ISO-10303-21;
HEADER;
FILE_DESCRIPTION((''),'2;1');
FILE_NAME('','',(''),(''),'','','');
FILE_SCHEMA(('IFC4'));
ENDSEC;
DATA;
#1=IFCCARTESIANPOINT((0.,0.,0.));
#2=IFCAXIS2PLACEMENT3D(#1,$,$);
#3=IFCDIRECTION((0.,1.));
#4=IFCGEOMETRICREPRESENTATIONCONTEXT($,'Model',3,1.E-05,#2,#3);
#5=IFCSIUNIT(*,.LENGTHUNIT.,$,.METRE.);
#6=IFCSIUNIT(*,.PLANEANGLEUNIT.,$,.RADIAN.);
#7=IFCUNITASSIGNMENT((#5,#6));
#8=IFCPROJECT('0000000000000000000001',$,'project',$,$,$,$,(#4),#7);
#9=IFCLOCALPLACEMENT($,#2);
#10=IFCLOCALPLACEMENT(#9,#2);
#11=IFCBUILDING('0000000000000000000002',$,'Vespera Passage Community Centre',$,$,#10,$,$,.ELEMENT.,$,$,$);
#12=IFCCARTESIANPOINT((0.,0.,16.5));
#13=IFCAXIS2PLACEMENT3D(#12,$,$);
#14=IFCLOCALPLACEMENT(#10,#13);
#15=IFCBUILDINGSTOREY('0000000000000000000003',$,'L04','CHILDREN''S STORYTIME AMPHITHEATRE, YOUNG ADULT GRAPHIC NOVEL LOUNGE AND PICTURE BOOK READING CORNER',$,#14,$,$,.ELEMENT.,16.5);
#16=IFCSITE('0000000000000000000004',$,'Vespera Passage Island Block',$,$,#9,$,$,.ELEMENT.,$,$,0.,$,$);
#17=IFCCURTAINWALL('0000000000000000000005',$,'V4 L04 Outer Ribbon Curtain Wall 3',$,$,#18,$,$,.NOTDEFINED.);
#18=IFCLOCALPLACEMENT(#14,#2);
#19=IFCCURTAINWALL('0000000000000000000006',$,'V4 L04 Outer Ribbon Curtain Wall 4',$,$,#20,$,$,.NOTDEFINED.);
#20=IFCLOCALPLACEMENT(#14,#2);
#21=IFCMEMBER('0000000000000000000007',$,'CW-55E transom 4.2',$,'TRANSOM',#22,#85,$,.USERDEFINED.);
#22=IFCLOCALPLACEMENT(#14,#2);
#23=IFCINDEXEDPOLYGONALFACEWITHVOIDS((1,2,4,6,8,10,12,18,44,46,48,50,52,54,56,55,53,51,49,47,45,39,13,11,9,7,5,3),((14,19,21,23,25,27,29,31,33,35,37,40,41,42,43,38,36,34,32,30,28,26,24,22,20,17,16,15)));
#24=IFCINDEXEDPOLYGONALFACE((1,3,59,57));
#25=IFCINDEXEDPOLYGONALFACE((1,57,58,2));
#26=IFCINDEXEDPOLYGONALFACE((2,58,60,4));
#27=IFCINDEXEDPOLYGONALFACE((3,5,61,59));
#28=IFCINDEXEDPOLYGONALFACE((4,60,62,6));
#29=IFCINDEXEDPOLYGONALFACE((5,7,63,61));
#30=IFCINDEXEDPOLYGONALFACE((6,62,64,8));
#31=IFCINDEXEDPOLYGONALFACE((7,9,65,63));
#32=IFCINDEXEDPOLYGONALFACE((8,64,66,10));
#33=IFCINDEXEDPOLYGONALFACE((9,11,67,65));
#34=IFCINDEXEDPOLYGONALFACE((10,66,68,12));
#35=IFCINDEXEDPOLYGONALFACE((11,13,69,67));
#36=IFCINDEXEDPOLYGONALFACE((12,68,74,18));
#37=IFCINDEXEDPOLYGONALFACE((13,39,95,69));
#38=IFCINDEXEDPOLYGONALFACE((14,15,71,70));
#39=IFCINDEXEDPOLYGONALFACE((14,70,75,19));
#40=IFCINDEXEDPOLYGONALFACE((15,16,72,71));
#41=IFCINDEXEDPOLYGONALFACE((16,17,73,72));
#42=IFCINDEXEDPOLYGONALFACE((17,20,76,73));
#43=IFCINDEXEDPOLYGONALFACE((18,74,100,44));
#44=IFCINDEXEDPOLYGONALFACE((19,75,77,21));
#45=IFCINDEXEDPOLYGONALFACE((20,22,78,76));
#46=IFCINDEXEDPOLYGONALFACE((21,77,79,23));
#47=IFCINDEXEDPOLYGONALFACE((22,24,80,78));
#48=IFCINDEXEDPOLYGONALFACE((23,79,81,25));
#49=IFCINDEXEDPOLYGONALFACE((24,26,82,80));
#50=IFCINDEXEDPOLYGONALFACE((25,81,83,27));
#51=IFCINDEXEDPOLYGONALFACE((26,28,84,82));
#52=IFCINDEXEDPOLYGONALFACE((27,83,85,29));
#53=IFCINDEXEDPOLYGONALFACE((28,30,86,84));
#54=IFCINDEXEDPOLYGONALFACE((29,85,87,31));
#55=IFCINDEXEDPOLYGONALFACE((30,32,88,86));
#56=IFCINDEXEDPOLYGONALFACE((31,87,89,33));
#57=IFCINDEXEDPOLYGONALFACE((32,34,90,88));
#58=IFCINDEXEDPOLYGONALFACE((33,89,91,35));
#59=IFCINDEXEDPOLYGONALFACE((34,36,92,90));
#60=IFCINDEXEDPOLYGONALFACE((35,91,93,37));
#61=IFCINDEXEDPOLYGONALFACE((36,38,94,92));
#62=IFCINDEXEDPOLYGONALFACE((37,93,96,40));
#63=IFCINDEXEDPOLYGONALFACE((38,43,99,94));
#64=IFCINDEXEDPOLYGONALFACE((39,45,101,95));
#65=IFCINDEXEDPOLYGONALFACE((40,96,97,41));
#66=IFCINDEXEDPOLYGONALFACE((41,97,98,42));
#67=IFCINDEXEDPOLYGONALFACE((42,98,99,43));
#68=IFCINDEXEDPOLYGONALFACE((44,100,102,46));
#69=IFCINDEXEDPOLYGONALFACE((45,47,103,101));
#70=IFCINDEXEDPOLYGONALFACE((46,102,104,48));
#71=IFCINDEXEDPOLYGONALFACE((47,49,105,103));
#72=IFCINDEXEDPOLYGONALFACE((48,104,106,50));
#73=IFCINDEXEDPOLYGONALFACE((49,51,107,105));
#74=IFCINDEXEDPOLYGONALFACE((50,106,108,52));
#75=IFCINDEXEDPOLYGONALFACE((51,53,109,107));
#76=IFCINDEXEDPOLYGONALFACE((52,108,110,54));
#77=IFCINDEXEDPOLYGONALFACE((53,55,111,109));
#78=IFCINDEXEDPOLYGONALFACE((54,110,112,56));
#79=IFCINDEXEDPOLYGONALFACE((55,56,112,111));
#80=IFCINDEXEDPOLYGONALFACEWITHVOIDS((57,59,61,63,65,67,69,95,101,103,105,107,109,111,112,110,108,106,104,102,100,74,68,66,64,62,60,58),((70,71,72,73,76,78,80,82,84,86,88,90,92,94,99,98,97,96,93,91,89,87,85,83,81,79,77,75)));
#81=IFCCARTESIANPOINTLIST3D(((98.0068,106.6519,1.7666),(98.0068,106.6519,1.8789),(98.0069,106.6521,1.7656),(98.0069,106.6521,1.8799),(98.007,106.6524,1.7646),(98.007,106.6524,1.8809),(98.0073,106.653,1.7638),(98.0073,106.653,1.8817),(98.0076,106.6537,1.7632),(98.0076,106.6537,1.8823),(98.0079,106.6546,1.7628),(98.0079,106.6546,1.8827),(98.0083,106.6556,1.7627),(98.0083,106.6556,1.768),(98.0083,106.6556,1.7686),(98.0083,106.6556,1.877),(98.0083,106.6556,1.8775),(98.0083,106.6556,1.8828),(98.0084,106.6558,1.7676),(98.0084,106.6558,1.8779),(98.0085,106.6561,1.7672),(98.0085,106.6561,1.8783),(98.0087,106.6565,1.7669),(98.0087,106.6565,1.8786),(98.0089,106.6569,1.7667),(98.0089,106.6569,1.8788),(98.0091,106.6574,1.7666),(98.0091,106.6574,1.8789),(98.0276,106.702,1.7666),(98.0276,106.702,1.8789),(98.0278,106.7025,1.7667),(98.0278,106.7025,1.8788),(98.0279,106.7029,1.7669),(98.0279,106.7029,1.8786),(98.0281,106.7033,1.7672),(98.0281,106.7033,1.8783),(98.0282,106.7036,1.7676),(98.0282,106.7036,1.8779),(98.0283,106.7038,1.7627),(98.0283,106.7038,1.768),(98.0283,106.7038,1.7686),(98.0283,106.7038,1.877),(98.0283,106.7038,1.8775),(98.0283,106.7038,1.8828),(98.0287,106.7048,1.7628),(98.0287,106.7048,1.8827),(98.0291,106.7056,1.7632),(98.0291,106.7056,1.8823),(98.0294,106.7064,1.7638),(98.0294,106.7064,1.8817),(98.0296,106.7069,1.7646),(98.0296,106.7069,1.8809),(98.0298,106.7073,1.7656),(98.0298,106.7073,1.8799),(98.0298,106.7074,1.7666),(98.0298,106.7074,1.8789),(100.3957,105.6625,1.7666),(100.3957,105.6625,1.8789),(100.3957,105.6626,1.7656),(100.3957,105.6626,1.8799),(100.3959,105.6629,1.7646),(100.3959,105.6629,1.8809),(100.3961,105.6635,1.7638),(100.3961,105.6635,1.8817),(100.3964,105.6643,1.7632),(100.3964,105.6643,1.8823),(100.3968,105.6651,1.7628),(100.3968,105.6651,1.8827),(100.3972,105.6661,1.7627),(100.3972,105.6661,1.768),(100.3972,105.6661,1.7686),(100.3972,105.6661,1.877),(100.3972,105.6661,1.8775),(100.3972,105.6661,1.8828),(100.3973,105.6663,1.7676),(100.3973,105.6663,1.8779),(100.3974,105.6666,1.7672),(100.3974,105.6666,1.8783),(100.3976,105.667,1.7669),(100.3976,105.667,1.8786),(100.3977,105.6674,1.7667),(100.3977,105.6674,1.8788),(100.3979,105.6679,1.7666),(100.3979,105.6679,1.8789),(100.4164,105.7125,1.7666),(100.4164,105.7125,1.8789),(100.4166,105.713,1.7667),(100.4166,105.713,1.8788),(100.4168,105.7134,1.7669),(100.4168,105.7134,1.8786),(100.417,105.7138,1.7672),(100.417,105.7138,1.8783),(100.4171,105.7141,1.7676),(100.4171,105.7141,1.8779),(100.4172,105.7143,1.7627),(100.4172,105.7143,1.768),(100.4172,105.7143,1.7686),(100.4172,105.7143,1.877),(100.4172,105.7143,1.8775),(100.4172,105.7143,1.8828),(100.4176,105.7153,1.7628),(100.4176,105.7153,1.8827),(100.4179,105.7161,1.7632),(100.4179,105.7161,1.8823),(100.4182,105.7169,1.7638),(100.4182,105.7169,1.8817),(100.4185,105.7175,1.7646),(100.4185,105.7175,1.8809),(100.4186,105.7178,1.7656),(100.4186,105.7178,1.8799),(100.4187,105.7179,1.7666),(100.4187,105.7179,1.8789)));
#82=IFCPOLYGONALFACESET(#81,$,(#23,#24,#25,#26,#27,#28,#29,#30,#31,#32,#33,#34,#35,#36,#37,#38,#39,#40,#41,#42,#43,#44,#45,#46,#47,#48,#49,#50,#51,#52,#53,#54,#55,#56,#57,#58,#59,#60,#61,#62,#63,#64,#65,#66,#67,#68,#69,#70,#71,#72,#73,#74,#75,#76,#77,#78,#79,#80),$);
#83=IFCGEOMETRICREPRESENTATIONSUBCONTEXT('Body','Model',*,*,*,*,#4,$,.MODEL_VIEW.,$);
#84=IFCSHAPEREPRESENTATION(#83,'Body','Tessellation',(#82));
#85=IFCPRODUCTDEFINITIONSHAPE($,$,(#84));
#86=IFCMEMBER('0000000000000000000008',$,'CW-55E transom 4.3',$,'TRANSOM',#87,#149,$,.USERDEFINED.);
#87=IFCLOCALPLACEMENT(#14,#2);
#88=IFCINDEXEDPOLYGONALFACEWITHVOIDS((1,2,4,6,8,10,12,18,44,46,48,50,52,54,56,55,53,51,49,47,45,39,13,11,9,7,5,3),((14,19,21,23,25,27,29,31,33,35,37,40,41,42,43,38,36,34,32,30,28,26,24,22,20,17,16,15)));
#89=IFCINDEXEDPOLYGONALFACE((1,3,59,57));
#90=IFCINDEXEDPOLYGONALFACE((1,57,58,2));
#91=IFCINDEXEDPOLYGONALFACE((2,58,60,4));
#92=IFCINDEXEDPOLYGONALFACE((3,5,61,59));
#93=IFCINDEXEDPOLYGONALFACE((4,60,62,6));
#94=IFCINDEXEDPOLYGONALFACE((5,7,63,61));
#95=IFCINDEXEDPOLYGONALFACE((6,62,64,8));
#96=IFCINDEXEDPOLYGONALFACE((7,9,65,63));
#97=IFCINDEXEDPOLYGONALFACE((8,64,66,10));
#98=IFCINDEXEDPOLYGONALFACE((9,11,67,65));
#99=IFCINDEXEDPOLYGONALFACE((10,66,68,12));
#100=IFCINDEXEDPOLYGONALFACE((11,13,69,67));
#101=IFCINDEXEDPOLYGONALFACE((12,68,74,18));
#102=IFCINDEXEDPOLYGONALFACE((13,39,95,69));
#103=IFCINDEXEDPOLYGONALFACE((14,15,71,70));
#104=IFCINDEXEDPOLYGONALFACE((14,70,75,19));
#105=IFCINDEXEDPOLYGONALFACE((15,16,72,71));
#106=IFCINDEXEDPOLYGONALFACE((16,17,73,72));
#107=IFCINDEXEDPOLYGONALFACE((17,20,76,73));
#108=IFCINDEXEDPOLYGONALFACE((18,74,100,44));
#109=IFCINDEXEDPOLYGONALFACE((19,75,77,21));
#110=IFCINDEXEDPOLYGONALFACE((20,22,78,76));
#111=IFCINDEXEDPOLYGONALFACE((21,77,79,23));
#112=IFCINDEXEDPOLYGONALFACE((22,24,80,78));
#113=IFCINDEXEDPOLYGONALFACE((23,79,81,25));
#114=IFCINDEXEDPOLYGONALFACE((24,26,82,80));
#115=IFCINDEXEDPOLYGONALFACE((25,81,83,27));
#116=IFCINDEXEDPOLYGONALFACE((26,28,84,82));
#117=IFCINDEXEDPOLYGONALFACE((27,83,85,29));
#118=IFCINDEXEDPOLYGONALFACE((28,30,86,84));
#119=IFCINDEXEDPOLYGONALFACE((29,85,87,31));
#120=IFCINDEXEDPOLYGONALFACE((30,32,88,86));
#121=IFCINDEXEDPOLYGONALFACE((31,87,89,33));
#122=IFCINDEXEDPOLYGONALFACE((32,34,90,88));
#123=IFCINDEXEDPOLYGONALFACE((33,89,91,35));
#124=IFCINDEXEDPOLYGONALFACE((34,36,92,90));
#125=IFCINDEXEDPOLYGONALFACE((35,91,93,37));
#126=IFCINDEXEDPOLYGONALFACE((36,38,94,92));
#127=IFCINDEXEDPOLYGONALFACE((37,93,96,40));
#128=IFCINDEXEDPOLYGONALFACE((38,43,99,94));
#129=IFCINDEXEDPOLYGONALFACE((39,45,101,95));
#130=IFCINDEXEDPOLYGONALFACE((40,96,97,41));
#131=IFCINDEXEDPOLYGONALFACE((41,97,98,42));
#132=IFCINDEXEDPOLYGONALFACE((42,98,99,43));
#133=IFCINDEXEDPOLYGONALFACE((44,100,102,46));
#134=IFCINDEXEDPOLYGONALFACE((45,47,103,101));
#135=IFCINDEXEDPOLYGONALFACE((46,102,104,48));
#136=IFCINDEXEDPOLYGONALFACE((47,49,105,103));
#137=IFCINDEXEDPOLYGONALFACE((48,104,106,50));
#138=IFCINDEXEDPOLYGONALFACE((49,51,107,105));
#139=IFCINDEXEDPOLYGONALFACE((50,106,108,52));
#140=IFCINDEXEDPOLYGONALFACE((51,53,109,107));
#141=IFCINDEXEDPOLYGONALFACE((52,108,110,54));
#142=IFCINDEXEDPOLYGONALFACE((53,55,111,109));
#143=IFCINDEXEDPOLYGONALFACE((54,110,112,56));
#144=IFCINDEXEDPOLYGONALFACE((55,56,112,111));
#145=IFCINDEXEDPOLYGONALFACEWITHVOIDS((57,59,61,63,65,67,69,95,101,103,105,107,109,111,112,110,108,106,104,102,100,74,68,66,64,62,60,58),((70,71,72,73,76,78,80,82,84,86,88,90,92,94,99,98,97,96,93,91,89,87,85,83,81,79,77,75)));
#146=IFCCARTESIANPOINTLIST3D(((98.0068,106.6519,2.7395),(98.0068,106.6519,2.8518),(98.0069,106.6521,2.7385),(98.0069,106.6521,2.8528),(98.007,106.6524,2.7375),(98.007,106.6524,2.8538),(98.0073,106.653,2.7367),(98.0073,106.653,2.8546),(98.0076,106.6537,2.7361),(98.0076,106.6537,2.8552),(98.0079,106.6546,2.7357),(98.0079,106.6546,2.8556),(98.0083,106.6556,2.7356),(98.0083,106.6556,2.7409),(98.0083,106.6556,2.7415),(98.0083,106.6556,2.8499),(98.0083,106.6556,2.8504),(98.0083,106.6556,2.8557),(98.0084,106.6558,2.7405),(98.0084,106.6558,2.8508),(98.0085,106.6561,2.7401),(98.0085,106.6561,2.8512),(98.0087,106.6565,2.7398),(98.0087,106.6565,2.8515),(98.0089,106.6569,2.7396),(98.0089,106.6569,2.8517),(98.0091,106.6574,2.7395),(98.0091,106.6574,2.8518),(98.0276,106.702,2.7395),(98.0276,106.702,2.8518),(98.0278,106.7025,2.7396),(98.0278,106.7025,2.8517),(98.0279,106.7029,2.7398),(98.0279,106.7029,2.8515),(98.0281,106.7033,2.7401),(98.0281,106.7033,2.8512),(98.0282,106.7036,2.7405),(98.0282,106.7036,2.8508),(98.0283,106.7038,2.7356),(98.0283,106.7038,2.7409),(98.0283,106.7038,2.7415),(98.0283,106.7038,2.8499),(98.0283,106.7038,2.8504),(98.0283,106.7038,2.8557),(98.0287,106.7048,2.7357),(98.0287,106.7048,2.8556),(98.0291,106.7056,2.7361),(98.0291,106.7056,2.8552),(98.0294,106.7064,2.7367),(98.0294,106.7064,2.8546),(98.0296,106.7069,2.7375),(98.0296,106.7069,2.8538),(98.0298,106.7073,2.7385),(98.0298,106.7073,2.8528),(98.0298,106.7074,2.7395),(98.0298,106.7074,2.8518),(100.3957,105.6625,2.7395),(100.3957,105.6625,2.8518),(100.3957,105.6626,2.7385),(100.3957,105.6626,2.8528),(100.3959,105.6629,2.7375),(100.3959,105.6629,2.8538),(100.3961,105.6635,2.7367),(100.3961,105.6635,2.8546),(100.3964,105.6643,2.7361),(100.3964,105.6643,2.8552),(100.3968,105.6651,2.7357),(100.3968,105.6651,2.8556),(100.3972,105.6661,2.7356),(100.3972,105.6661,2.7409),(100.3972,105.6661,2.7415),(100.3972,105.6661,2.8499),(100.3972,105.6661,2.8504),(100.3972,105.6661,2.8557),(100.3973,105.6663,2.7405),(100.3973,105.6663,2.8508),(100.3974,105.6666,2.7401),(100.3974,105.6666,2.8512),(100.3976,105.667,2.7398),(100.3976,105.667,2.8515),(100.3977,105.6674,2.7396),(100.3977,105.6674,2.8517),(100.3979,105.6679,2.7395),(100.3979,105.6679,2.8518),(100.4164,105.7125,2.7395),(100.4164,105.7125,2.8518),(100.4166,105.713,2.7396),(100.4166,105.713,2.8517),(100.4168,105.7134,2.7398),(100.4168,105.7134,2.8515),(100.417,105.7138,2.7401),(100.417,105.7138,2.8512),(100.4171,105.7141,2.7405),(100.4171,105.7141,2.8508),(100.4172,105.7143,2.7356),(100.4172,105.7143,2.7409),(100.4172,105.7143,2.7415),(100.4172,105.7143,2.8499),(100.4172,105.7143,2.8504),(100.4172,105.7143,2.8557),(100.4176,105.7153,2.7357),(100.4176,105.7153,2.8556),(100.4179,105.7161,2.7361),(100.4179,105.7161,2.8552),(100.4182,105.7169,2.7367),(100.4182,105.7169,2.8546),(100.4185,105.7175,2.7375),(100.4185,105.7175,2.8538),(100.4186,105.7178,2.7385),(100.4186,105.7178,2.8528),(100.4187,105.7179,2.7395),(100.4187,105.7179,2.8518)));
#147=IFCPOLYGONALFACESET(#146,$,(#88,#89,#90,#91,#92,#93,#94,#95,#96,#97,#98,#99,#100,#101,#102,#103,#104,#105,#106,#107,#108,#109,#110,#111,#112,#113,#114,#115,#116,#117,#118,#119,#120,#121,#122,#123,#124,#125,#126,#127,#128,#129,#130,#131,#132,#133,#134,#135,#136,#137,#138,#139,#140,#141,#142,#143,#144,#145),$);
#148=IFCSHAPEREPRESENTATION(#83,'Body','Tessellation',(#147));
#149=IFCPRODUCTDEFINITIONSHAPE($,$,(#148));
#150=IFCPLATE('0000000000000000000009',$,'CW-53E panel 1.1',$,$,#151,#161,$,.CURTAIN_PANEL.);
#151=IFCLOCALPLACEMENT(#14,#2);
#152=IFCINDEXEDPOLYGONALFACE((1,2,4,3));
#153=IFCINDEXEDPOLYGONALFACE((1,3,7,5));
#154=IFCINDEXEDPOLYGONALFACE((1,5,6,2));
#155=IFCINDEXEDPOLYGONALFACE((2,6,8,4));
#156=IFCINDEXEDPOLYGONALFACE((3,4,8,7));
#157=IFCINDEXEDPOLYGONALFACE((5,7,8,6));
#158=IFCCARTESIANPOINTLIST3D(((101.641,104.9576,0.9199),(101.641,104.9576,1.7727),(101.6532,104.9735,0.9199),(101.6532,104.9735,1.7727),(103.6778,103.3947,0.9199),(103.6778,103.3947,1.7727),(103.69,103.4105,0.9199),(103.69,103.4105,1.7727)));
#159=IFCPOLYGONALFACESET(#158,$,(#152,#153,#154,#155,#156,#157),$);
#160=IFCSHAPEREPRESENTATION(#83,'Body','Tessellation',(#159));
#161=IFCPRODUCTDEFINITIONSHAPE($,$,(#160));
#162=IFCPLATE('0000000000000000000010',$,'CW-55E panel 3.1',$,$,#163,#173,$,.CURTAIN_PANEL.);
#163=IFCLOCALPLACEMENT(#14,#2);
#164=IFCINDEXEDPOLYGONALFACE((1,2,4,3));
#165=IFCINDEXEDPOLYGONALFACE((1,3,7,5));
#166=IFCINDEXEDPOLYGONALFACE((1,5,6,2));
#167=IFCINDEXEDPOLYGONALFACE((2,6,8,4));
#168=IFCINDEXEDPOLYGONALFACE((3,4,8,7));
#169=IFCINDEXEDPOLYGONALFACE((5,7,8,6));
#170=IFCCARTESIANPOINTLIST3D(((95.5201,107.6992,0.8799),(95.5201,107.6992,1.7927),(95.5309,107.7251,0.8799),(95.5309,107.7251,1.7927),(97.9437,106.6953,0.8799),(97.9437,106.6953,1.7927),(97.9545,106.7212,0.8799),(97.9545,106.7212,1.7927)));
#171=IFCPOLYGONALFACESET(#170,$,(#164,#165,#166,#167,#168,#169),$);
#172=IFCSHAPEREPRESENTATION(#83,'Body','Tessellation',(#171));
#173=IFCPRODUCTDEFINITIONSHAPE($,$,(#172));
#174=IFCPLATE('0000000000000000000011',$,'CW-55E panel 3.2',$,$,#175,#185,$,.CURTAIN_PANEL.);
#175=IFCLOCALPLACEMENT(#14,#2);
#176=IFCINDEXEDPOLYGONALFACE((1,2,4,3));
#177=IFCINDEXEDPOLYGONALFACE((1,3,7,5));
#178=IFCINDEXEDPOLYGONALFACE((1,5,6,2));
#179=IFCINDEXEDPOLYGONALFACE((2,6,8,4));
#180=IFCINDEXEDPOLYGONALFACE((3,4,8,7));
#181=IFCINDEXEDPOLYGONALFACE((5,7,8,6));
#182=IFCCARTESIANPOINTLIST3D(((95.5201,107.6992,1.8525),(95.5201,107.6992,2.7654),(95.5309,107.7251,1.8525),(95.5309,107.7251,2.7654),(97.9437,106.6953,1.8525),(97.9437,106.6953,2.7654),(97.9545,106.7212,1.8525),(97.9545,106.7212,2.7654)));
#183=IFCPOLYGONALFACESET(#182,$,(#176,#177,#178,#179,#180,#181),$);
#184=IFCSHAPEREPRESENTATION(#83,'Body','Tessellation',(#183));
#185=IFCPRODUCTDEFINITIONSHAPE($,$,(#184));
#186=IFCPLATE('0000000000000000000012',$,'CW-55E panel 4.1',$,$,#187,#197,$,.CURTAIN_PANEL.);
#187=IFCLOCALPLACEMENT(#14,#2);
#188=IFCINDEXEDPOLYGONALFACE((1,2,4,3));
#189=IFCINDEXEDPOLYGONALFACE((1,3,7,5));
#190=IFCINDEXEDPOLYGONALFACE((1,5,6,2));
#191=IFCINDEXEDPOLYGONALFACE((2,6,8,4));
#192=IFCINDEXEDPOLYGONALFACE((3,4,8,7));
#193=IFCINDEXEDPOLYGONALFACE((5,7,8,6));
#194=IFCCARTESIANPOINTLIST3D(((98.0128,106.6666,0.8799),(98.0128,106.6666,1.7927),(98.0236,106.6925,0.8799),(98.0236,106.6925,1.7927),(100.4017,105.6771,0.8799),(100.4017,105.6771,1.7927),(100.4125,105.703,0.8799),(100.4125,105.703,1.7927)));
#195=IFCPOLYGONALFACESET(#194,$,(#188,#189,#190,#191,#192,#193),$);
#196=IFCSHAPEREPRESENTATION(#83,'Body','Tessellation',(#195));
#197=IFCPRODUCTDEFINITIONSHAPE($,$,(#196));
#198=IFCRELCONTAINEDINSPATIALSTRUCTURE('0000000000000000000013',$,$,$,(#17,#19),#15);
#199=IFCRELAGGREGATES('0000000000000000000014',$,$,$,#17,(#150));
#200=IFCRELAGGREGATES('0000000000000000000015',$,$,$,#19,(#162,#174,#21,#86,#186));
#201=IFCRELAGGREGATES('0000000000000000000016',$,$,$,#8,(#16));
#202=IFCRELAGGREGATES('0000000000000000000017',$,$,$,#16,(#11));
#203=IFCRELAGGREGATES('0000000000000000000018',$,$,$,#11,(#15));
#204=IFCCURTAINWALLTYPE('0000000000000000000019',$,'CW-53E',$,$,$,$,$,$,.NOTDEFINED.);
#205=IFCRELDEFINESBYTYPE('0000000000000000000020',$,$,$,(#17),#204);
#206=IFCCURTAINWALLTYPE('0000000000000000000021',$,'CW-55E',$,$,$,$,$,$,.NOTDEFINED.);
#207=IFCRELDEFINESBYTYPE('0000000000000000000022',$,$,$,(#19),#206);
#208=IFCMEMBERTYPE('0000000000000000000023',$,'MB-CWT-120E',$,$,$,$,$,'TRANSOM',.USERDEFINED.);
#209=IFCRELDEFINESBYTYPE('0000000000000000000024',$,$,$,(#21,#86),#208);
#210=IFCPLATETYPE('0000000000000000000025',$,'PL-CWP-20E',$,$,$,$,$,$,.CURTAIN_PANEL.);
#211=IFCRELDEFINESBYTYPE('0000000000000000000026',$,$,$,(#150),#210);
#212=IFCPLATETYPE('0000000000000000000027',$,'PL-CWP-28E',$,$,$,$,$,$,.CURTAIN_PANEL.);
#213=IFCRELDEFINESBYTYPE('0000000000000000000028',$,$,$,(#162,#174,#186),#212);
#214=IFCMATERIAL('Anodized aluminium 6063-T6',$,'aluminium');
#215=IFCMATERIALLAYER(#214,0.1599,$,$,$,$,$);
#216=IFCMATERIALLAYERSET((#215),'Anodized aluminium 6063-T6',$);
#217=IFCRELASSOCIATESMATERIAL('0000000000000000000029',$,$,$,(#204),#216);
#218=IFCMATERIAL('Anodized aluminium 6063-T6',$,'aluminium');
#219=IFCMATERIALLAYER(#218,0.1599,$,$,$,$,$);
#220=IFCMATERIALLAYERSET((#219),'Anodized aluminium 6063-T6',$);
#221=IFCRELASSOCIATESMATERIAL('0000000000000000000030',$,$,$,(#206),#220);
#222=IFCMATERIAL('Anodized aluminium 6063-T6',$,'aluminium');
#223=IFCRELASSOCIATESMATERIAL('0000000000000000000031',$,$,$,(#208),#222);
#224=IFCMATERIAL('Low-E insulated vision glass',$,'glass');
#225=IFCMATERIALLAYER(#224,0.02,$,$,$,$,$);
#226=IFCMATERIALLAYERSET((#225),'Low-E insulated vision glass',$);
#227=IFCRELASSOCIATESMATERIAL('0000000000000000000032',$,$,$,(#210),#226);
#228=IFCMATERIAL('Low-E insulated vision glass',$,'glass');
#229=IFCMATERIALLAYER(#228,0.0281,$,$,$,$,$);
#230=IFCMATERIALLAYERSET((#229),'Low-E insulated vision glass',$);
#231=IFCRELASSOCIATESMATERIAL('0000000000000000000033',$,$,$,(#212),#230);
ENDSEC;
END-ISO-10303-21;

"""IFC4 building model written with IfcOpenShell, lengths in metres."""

from ifc_helpers import new_model, si_unit, direction, frame, origin, origin_2d, place, context, subcontext, project, spatial, rectangle, hollow_rectangle, extrude, material, layer, layer_set, material_profile, profile_set, type_object, element, aggregate, save


model = new_model("IFC4")

# Units and contexts
model_context = context("Model", 3, precision=1e-05, world=origin(), true_north=direction((0.0, 1.0)))
body_context = subcontext(model_context, "Body", "Model", "MODEL_VIEW")
ifc_project = project(units=[si_unit("LENGTHUNIT", "METRE"), si_unit("PLANEANGLEUNIT", "RADIAN")], contexts=[model_context])

# Site, building, storey
site_placement = place(None, origin())
site = spatial("IfcSite", under=ifc_project, at=site_placement, Name="Vespera Passage Island Block", CompositionType="ELEMENT", RefElevation=0.0)
building_placement = place(site_placement, origin())
building = spatial("IfcBuilding", under=site, at=building_placement, Name="Vespera Passage Community Centre", CompositionType="ELEMENT")
storey_placement = place(building_placement, frame((0.0, 0.0, 16.5)))
storey = spatial("IfcBuildingStorey", under=building, at=storey_placement, Name="L04", Description="CHILDREN'S STORYTIME AMPHITHEATRE, YOUNG ADULT GRAPHIC NOVEL LOUNGE AND PICTURE BOOK READING CORNER", CompositionType="ELEMENT", Elevation=16.5)

# Curtain wall
ifc_material_1 = material(Name="Anodized aluminium 6063-T6", Category="aluminium")
ifc_layer_1 = layer(ifc_material_1, 0.1599)
ifc_layer_set_1 = layer_set([ifc_layer_1], Name="Anodized aluminium 6063-T6")
curtain_wall_type_1 = type_object("IfcCurtainWallType", Name="CW-53E", PredefinedType="NOTDEFINED", material=ifc_layer_set_1)
curtain_wall_1_placement = place(storey_placement, origin())
curtain_wall_1 = element("IfcCurtainWall", 1, at=curtain_wall_1_placement, inside=storey, type_object=curtain_wall_type_1, Name="V4 L04 Outer Ribbon Curtain Wall 3", PredefinedType="NOTDEFINED")

# Curtain wall
ifc_material_2 = material(Name="Anodized aluminium 6063-T6", Category="aluminium")
ifc_layer_2 = layer(ifc_material_2, 0.1599)
ifc_layer_set_2 = layer_set([ifc_layer_2], Name="Anodized aluminium 6063-T6")
curtain_wall_type_2 = type_object("IfcCurtainWallType", Name="CW-55E", PredefinedType="NOTDEFINED", material=ifc_layer_set_2)
curtain_wall_2_placement = place(storey_placement, origin())
curtain_wall_2 = element("IfcCurtainWall", 2, at=curtain_wall_2_placement, inside=storey, type_object=curtain_wall_type_2, Name="V4 L04 Outer Ribbon Curtain Wall 4", PredefinedType="NOTDEFINED")

# Members
ifc_material_3 = material(Name="Anodized aluminium 6063-T6", Category="aluminium")
ifc_material_profile_1 = material_profile(ifc_material_3, hollow_rectangle(XDim=0.0601, YDim=0.1201, WallThickness=0.0039, InnerFilletRadius=0.002, OuterFilletRadius=0.0039, at=origin_2d()), Name="ALU120X60X4")
ifc_profile_set_1 = profile_set([ifc_material_profile_1], Name="Anodized aluminium 6063-T6")
member_type_1 = type_object("IfcMemberType", Name="MB-CWT-120E", ElementType="TRANSOM", PredefinedType="USERDEFINED", material=ifc_profile_set_1)
member_1_placement = place(storey_placement, frame((98.0183, 106.6797, 1.8228), z_axis=(0.923882, -0.382677, 0.0), x_axis=(0.382677, 0.923882, 0.0)))
member_1 = element("IfcMember", 3, at=member_1_placement, type_object=member_type_1, Name="CW-55E transom 4.2", ObjectType="TRANSOM", PredefinedType="USERDEFINED", context=body_context, shape_type="SweptSolid", body=[
    extrude(hollow_rectangle(XDim=0.0601, YDim=0.1201, WallThickness=0.0039, InnerFilletRadius=0.002, OuterFilletRadius=0.0039, at=origin_2d()), origin(), (0.0, 0.0, 1.0), 2.5857),
])
member_2_placement = place(storey_placement, frame((98.0183, 106.6797, 2.7957), z_axis=(0.923882, -0.382677, 0.0), x_axis=(0.382677, 0.923882, 0.0)))
member_2 = element("IfcMember", 4, at=member_2_placement, type_object=member_type_1, Name="CW-55E transom 4.3", ObjectType="TRANSOM", PredefinedType="USERDEFINED", context=body_context, shape_type="SweptSolid", body=[
    extrude(hollow_rectangle(XDim=0.0601, YDim=0.1201, WallThickness=0.0039, InnerFilletRadius=0.002, OuterFilletRadius=0.0039, at=origin_2d()), origin(), (0.0, 0.0, 1.0), 2.5857),
])

# Plates
ifc_material_4 = material(Name="Low-E insulated vision glass", Category="glass")
ifc_layer_3 = layer(ifc_material_4, 0.02)
ifc_layer_set_3 = layer_set([ifc_layer_3], Name="Low-E insulated vision glass")
plate_type_1 = type_object("IfcPlateType", Name="PL-CWP-20E", PredefinedType="CURTAIN_PANEL", material=ifc_layer_set_3)
plate_1_placement = place(storey_placement, frame((102.6655, 104.1841, 0.9199), z_axis=(0.0, 0.0, 1.0), x_axis=(0.793345, -0.608772, 0.0)))
plate_1 = element("IfcPlate", 5, at=plate_1_placement, type_object=plate_type_1, Name="CW-53E panel 1.1", PredefinedType="CURTAIN_PANEL", context=body_context, shape_type="SweptSolid", body=[
    extrude(rectangle(XDim=2.5674, YDim=0.02, at=origin_2d()), origin(), (0.0, 0.0, 1.0), 0.8528),
])
aggregate(curtain_wall_1, [plate_1])
ifc_material_5 = material(Name="Low-E insulated vision glass", Category="glass")
ifc_layer_4 = layer(ifc_material_5, 0.0281)
ifc_layer_set_4 = layer_set([ifc_layer_4], Name="Low-E insulated vision glass")
plate_type_2 = type_object("IfcPlateType", Name="PL-CWP-28E", PredefinedType="CURTAIN_PANEL", material=ifc_layer_set_4)
plate_2_placement = place(storey_placement, frame((96.7373, 107.2102, 0.8799), z_axis=(0.0, 0.0, 1.0), x_axis=(0.92388, -0.382683, 0.0)))
plate_2 = element("IfcPlate", 6, at=plate_2_placement, type_object=plate_type_2, Name="CW-55E panel 3.1", PredefinedType="CURTAIN_PANEL", context=body_context, shape_type="SweptSolid", body=[
    extrude(rectangle(XDim=2.6233, YDim=0.0281, at=origin_2d()), origin(), (0.0, 0.0, 1.0), 0.9128),
])
plate_3_placement = place(storey_placement, frame((96.7373, 107.2102, 1.8525), z_axis=(0.0, 0.0, 1.0), x_axis=(0.92388, -0.382683, 0.0)))
plate_3 = element("IfcPlate", 7, at=plate_3_placement, type_object=plate_type_2, Name="CW-55E panel 3.2", PredefinedType="CURTAIN_PANEL", context=body_context, shape_type="SweptSolid", body=[
    extrude(rectangle(XDim=2.6233, YDim=0.0281, at=origin_2d()), origin(), (0.0, 0.0, 1.0), 0.9128),
])
plate_4_placement = place(storey_placement, frame((99.2126, 106.1848, 0.8799), z_axis=(0.0, 0.0, 1.0), x_axis=(0.92388, -0.382683, 0.0)))
plate_4 = element("IfcPlate", 8, at=plate_4_placement, type_object=plate_type_2, Name="CW-55E panel 4.1", PredefinedType="CURTAIN_PANEL", context=body_context, shape_type="SweptSolid", body=[
    extrude(rectangle(XDim=2.5857, YDim=0.0281, at=origin_2d()), origin(), (0.0, 0.0, 1.0), 0.9128),
])
aggregate(curtain_wall_2, [plate_2, plate_3, member_1, member_2, plate_4])

save(model, "model.ifc")
